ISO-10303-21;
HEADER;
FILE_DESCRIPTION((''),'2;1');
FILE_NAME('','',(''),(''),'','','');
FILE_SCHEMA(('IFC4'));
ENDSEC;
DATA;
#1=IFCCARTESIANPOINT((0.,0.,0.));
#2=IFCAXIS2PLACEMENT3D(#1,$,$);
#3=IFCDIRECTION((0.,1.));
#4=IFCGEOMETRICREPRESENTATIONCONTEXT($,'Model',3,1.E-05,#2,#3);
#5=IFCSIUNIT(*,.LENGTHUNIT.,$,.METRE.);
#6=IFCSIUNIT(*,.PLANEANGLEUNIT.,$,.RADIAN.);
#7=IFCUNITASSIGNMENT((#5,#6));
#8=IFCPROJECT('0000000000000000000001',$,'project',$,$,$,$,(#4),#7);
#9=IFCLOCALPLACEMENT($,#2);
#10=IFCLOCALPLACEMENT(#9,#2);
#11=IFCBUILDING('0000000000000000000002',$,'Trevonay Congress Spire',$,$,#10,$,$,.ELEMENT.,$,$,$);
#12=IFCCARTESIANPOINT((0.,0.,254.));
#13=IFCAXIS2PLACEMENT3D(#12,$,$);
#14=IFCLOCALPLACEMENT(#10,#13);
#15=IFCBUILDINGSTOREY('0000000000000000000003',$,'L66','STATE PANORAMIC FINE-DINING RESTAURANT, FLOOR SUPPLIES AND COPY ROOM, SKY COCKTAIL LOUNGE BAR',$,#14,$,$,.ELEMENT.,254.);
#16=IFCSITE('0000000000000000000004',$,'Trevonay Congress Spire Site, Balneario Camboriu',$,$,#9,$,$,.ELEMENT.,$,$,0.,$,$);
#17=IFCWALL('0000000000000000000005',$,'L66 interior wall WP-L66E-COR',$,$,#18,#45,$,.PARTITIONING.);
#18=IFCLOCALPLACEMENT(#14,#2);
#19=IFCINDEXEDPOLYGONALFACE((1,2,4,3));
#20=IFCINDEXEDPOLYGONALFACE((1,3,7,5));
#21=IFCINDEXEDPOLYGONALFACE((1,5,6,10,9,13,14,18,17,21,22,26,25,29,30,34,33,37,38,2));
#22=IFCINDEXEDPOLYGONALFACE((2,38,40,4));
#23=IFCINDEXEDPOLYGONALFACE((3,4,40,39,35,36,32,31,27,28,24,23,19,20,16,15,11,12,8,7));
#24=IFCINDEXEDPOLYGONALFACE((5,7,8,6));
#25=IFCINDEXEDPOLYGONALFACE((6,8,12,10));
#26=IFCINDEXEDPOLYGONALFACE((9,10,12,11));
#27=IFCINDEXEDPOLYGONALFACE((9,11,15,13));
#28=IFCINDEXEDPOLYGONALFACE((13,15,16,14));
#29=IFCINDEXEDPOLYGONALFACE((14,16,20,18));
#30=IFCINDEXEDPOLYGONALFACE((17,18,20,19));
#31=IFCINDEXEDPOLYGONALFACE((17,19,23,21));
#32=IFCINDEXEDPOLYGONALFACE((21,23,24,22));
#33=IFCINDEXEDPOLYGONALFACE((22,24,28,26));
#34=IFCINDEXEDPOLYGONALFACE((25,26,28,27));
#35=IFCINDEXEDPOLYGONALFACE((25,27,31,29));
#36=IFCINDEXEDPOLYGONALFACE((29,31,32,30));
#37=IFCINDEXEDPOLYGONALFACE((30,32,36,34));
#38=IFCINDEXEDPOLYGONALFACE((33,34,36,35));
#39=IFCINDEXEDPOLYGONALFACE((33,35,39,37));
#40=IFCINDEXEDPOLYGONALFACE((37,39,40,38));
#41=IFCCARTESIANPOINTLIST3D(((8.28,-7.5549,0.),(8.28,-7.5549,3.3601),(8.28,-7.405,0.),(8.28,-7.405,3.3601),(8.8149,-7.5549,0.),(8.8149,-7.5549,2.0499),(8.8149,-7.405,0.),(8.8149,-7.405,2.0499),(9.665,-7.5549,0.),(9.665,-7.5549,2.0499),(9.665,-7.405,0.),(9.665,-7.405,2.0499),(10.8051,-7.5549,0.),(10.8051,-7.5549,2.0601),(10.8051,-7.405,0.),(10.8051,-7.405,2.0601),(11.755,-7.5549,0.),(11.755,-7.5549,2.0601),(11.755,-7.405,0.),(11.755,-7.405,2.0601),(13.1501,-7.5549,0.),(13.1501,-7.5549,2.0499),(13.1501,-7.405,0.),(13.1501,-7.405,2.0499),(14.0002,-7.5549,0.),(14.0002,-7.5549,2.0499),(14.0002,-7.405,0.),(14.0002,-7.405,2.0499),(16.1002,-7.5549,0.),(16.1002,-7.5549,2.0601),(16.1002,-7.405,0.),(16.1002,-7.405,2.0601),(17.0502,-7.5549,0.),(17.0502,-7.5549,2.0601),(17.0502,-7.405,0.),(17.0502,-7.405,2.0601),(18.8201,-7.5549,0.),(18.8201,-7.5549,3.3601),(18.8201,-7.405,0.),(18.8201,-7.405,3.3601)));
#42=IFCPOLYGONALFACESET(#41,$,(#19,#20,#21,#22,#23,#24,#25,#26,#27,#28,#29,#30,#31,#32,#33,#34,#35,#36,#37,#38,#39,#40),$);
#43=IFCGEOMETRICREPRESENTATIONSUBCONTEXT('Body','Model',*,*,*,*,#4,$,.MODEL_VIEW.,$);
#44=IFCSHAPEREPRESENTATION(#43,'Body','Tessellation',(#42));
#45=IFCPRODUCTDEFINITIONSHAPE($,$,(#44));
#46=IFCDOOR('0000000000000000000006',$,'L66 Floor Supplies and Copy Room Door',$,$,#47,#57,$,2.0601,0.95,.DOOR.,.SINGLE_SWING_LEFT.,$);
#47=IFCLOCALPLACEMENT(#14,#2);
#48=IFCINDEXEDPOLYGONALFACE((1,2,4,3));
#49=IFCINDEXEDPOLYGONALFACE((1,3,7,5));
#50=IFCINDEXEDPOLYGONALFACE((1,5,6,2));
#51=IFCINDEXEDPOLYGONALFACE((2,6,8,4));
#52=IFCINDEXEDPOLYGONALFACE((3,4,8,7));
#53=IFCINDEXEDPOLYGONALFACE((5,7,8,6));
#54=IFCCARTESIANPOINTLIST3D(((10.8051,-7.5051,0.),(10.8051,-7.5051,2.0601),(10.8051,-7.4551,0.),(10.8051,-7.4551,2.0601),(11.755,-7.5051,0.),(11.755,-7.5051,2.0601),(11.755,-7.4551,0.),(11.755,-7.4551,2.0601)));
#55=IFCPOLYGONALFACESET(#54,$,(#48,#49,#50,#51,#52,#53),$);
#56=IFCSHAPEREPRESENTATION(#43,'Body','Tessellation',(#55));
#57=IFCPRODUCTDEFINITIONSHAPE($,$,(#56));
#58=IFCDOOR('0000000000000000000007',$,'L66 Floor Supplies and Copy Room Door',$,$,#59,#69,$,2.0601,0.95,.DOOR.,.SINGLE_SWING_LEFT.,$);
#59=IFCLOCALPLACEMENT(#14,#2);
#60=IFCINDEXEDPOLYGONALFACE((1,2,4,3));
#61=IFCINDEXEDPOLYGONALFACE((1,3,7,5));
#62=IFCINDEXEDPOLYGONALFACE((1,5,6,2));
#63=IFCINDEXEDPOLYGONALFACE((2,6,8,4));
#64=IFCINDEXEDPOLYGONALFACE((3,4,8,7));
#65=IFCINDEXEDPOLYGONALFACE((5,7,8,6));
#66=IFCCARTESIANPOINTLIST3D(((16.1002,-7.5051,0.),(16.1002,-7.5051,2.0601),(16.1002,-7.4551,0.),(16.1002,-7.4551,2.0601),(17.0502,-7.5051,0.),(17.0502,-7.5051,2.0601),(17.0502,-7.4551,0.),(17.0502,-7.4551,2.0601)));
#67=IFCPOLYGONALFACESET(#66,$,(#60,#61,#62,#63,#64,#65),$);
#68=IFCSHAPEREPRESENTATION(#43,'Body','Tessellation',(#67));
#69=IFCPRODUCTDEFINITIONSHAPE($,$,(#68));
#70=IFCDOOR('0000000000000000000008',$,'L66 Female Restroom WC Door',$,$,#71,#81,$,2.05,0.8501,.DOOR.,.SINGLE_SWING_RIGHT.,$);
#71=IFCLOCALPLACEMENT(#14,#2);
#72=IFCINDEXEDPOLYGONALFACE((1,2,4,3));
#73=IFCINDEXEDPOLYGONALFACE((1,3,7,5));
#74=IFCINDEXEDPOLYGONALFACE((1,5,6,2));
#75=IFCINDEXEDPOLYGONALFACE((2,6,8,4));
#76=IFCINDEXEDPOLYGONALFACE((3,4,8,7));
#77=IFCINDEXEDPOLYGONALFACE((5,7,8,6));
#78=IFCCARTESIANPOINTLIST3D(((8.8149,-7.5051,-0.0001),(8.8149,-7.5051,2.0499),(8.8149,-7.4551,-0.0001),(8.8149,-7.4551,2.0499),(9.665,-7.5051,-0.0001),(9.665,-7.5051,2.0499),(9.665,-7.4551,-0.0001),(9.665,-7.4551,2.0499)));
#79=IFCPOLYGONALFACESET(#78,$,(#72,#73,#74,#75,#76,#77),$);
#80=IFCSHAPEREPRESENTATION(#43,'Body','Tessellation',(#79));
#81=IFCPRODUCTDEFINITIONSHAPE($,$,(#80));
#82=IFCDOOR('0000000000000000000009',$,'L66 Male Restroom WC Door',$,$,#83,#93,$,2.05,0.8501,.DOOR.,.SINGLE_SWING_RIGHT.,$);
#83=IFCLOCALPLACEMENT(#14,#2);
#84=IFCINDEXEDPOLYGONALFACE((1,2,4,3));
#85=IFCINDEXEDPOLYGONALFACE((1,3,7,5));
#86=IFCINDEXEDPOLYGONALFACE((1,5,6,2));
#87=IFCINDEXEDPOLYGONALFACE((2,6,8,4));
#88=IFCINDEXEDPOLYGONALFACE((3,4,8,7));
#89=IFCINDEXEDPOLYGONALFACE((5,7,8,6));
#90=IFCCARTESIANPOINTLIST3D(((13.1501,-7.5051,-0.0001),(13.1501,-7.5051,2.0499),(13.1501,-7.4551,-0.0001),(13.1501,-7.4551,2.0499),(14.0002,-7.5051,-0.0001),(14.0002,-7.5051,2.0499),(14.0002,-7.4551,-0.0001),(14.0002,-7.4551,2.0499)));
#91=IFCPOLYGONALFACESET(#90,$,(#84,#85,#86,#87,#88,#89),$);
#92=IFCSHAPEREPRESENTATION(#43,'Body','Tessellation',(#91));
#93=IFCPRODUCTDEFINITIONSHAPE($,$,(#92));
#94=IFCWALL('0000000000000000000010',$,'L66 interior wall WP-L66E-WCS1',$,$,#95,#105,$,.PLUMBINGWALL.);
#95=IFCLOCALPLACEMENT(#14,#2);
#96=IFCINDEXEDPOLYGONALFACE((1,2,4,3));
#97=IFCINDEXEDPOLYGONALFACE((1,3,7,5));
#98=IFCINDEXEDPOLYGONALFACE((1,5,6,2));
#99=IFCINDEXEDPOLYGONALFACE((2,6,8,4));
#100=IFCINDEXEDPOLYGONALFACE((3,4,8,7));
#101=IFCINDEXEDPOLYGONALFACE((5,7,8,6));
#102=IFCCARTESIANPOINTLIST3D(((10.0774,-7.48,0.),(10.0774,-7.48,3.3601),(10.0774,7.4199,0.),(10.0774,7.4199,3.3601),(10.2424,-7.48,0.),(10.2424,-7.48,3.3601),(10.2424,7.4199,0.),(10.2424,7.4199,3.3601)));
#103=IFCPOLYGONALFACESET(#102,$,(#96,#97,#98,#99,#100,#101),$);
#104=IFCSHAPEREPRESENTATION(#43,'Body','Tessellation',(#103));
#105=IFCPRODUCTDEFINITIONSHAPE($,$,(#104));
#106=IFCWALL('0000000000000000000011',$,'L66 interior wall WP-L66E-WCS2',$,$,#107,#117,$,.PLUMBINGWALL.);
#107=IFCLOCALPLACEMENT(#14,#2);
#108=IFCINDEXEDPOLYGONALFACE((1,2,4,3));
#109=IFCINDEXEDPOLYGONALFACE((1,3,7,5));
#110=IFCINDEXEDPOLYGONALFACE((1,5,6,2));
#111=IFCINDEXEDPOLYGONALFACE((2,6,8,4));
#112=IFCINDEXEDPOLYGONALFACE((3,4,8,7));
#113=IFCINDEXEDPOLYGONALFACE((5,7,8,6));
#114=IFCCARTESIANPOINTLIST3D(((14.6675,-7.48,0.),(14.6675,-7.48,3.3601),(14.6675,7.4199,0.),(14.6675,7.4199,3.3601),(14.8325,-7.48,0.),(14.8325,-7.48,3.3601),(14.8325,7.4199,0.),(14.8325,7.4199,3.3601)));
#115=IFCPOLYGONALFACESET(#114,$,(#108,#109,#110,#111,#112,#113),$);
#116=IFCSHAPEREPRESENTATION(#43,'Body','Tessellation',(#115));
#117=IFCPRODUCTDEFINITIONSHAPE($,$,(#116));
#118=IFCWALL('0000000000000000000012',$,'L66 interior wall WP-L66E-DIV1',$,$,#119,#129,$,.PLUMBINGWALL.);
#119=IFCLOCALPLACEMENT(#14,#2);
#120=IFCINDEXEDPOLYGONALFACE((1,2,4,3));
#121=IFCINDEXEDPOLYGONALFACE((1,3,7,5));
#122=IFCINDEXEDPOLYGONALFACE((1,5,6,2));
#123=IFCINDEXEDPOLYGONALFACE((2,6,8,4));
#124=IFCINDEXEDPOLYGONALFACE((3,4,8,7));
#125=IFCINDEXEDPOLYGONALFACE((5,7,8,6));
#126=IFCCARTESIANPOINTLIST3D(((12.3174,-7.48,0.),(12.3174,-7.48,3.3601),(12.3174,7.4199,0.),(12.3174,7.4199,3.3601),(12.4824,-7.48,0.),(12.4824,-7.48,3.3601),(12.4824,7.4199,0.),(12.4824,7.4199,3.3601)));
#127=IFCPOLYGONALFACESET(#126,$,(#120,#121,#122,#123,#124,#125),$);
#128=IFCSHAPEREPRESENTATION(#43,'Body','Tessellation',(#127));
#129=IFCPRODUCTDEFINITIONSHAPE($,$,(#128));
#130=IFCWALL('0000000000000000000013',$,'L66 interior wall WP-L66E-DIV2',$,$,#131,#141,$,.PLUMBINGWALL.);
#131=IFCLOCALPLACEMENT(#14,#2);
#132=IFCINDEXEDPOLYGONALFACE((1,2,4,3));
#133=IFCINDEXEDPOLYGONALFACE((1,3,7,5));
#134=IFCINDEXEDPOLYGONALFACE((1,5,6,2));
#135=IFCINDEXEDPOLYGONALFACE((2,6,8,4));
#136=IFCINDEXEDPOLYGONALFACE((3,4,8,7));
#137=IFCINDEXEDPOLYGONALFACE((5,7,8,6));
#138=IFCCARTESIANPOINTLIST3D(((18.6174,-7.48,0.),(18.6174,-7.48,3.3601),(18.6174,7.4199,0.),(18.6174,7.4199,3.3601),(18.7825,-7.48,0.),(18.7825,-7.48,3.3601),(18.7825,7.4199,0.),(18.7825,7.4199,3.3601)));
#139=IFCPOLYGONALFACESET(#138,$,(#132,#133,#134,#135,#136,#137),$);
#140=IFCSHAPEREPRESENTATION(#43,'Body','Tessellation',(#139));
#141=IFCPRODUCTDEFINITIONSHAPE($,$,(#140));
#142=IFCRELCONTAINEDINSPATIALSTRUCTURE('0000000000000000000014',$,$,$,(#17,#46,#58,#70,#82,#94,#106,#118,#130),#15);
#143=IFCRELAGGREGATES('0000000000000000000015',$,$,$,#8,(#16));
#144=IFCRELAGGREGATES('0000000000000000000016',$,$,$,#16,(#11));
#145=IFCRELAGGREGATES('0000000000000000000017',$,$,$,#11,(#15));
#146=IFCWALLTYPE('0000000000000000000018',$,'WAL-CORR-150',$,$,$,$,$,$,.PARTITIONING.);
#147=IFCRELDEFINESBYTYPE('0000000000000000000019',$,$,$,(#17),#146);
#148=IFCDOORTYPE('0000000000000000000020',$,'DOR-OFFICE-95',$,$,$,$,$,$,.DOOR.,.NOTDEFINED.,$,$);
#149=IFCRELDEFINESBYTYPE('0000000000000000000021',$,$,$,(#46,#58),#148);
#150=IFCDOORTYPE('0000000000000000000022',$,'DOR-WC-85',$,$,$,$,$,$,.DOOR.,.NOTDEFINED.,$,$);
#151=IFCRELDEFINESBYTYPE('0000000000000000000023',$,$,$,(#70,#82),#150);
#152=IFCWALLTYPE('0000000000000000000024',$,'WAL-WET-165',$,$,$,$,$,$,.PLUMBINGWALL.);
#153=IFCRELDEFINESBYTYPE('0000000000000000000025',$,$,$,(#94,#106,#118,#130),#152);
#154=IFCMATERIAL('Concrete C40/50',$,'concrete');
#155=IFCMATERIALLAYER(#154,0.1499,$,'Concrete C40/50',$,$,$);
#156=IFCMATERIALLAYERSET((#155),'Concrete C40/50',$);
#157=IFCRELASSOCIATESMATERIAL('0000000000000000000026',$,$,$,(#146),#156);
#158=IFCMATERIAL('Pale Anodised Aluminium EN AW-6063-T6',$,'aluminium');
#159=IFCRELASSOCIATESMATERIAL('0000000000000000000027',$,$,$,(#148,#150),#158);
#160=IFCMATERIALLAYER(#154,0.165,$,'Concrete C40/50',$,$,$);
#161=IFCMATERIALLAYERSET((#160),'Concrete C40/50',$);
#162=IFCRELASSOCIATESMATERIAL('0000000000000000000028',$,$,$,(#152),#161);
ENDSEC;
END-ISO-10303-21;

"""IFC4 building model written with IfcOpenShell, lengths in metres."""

from ifc_helpers import new_model, si_unit, direction, frame, frame_2d, origin, place, context, subcontext, project, spatial, rectangle, extrude, material, layer, layer_set, type_object, element, fill, save


model = new_model("IFC4")

# Units and contexts
model_context = context("Model", 3, precision=1e-05, world=origin(), true_north=direction((0.0, 1.0)))
body_context = subcontext(model_context, "Body", "Model", "MODEL_VIEW")
ifc_project = project(units=[si_unit("LENGTHUNIT", "METRE"), si_unit("PLANEANGLEUNIT", "RADIAN")], contexts=[model_context])

# Site, building, storey
site_placement = place(None, origin())
site = spatial("IfcSite", under=ifc_project, at=site_placement, Name="Trevonay Congress Spire Site, Balneario Camboriu", CompositionType="ELEMENT", RefElevation=0.0)
building_placement = place(site_placement, origin())
building = spatial("IfcBuilding", under=site, at=building_placement, Name="Trevonay Congress Spire", CompositionType="ELEMENT")
storey_placement = place(building_placement, frame((0.0, 0.0, 254.0)))
storey = spatial("IfcBuildingStorey", under=building, at=storey_placement, Name="L66", Description="STATE PANORAMIC FINE-DINING RESTAURANT, FLOOR SUPPLIES AND COPY ROOM, SKY COCKTAIL LOUNGE BAR", CompositionType="ELEMENT", Elevation=254.0)

# Shared definitions
ifc_material_1 = material(Name="Pale Anodised Aluminium EN AW-6063-T6", Category="aluminium")

# Wall, openings, doors
ifc_material_2 = material(Name="Concrete C40/50", Category="concrete")
ifc_layer_1 = layer(ifc_material_2, 0.1499, Name="Concrete C40/50")
ifc_layer_set_1 = layer_set([ifc_layer_1], Name="Concrete C40/50")
wall_type_1 = type_object("IfcWallType", Name="WAL-CORR-150", PredefinedType="PARTITIONING", material=ifc_layer_set_1)
wall_placement = place(storey_placement, frame((8.28, -7.48, 0.0), z_axis=(0.0, 0.0, 1.0), x_axis=(1.0, 0.0, 0.0)))
wall = element("IfcWall", 1, at=wall_placement, inside=storey, type_object=wall_type_1, Name="L66 interior wall WP-L66E-COR", PredefinedType="PARTITIONING", context=body_context, shape_type="SweptSolid", body=[
    extrude(rectangle(XDim=10.54, YDim=0.1499, at=frame_2d((5.27, 0.0))), origin(), (0.0, 0.0, 1.0), 3.3601),
])
opening_1_placement = place(wall_placement, frame((0.5349, 0.0, 0.0)))
opening_1 = element("IfcOpeningElement", 2, at=opening_1_placement, cuts=wall, PredefinedType="OPENING", context=body_context, shape_type="SweptSolid", body=[
    extrude(rectangle(XDim=0.8501, YDim=2.05, at=frame_2d((0.425, 1.0249))), frame((0.0, 0.085, 0.0), z_axis=(0.0, -1.0, 0.0), x_axis=(1.0, 0.0, 0.0)), (0.0, 0.0, 1.0), 0.1699),
])
opening_2_placement = place(wall_placement, frame((2.5249, 0.0, 0.0)))
opening_2 = element("IfcOpeningElement", 3, at=opening_2_placement, cuts=wall, PredefinedType="OPENING", context=body_context, shape_type="SweptSolid", body=[
    extrude(rectangle(XDim=0.95, YDim=2.0601, at=frame_2d((0.4751, 1.03))), frame((0.0, 0.085, 0.0), z_axis=(0.0, -1.0, 0.0), x_axis=(1.0, 0.0, 0.0)), (0.0, 0.0, 1.0), 0.1699),
])
opening_3_placement = place(wall_placement, frame((4.8701, 0.0, 0.0)))
opening_3 = element("IfcOpeningElement", 4, at=opening_3_placement, cuts=wall, PredefinedType="OPENING", context=body_context, shape_type="SweptSolid", body=[
    extrude(rectangle(XDim=0.8501, YDim=2.05, at=frame_2d((0.425, 1.0249))), frame((0.0, 0.085, 0.0), z_axis=(0.0, -1.0, 0.0), x_axis=(1.0, 0.0, 0.0)), (0.0, 0.0, 1.0), 0.1699),
])
opening_4_placement = place(wall_placement, frame((7.8201, 0.0, 0.0)))
opening_4 = element("IfcOpeningElement", 5, at=opening_4_placement, cuts=wall, PredefinedType="OPENING", context=body_context, shape_type="SweptSolid", body=[
    extrude(rectangle(XDim=0.95, YDim=2.0601, at=frame_2d((0.4751, 1.03))), frame((0.0, 0.085, 0.0), z_axis=(0.0, -1.0, 0.0), x_axis=(1.0, 0.0, 0.0)), (0.0, 0.0, 1.0), 0.1699),
])
door_type_1 = type_object("IfcDoorType", Name="DOR-OFFICE-95", OperationType="NOTDEFINED", PredefinedType="DOOR", material=ifc_material_1)
door_1_placement = place(opening_2_placement, origin())
door_1 = element("IfcDoor", 6, at=door_1_placement, inside=storey, type_object=door_type_1, Name="L66 Floor Supplies and Copy Room Door", OperationType="SINGLE_SWING_LEFT", OverallHeight=2.0601, OverallWidth=0.95, PredefinedType="DOOR", context=body_context, shape_type="SweptSolid", body=[
    extrude(rectangle(XDim=0.95, YDim=2.0601, at=frame_2d((0.4751, 1.03))), frame((0.0, 0.0249, 0.0), z_axis=(0.0, -1.0, 0.0), x_axis=(1.0, 0.0, 0.0)), (0.0, 0.0, 1.0), 0.05),
])
fill(opening_2, door_1)
door_2_placement = place(opening_4_placement, origin())
door_2 = element("IfcDoor", 7, at=door_2_placement, inside=storey, type_object=door_type_1, Name="L66 Floor Supplies and Copy Room Door", OperationType="SINGLE_SWING_LEFT", OverallHeight=2.0601, OverallWidth=0.95, PredefinedType="DOOR", context=body_context, shape_type="SweptSolid", body=[
    extrude(rectangle(XDim=0.95, YDim=2.0601, at=frame_2d((0.4751, 1.03))), frame((0.0, 0.0249, 0.0), z_axis=(0.0, -1.0, 0.0), x_axis=(1.0, 0.0, 0.0)), (0.0, 0.0, 1.0), 0.05),
])
fill(opening_4, door_2)
door_type_2 = type_object("IfcDoorType", Name="DOR-WC-85", OperationType="NOTDEFINED", PredefinedType="DOOR", material=ifc_material_1)
door_3_placement = place(opening_1_placement, origin())
door_3 = element("IfcDoor", 8, at=door_3_placement, inside=storey, type_object=door_type_2, Name="L66 Female Restroom WC Door", OperationType="SINGLE_SWING_RIGHT", OverallHeight=2.05, OverallWidth=0.8501, PredefinedType="DOOR", context=body_context, shape_type="SweptSolid", body=[
    extrude(rectangle(XDim=0.8501, YDim=2.05, at=frame_2d((0.425, 1.0249))), frame((0.0, 0.0249, 0.0), z_axis=(0.0, -1.0, 0.0), x_axis=(1.0, 0.0, 0.0)), (0.0, 0.0, 1.0), 0.05),
])
fill(opening_1, door_3)
door_4_placement = place(opening_3_placement, origin())
door_4 = element("IfcDoor", 9, at=door_4_placement, inside=storey, type_object=door_type_2, Name="L66 Male Restroom WC Door", OperationType="SINGLE_SWING_RIGHT", OverallHeight=2.05, OverallWidth=0.8501, PredefinedType="DOOR", context=body_context, shape_type="SweptSolid", body=[
    extrude(rectangle(XDim=0.8501, YDim=2.05, at=frame_2d((0.425, 1.0249))), frame((0.0, 0.0249, 0.0), z_axis=(0.0, -1.0, 0.0), x_axis=(1.0, 0.0, 0.0)), (0.0, 0.0, 1.0), 0.05),
])
fill(opening_3, door_4)

# Walls
ifc_layer_2 = layer(ifc_material_2, 0.165, Name="Concrete C40/50")
ifc_layer_set_2 = layer_set([ifc_layer_2], Name="Concrete C40/50")
wall_type_2 = type_object("IfcWallType", Name="WAL-WET-165", PredefinedType="PLUMBINGWALL", material=ifc_layer_set_2)
for number, where, z_axis, x_axis, name in (
    (10, (10.1599, -7.48, 0.0), (0.0, 0.0, 1.0), (0.0, 1.0, 0.0), "L66 interior wall WP-L66E-WCS1"),
    (11, (14.75, -7.48, 0.0), (0.0, 0.0, 1.0), (0.0, 1.0, 0.0), "L66 interior wall WP-L66E-WCS2"),
    (12, (12.3999, -7.48, 0.0), (0.0, 0.0, 1.0), (0.0, 1.0, 0.0), "L66 interior wall WP-L66E-DIV1"),
    (13, (18.7, -7.48, 0.0), (0.0, 0.0, 1.0), (0.0, 1.0, 0.0), "L66 interior wall WP-L66E-DIV2"),
):
    element("IfcWall", number, at=place(storey_placement, frame(where, z_axis=z_axis, x_axis=x_axis)), inside=storey, type_object=wall_type_2, Name=name, PredefinedType="PLUMBINGWALL", context=body_context, shape_type="SweptSolid", body=[
        extrude(rectangle(XDim=14.8999, YDim=0.165, at=frame_2d((7.45, 0.0))), origin(), (0.0, 0.0, 1.0), 3.3601),
    ])

save(model, "model.ifc")
